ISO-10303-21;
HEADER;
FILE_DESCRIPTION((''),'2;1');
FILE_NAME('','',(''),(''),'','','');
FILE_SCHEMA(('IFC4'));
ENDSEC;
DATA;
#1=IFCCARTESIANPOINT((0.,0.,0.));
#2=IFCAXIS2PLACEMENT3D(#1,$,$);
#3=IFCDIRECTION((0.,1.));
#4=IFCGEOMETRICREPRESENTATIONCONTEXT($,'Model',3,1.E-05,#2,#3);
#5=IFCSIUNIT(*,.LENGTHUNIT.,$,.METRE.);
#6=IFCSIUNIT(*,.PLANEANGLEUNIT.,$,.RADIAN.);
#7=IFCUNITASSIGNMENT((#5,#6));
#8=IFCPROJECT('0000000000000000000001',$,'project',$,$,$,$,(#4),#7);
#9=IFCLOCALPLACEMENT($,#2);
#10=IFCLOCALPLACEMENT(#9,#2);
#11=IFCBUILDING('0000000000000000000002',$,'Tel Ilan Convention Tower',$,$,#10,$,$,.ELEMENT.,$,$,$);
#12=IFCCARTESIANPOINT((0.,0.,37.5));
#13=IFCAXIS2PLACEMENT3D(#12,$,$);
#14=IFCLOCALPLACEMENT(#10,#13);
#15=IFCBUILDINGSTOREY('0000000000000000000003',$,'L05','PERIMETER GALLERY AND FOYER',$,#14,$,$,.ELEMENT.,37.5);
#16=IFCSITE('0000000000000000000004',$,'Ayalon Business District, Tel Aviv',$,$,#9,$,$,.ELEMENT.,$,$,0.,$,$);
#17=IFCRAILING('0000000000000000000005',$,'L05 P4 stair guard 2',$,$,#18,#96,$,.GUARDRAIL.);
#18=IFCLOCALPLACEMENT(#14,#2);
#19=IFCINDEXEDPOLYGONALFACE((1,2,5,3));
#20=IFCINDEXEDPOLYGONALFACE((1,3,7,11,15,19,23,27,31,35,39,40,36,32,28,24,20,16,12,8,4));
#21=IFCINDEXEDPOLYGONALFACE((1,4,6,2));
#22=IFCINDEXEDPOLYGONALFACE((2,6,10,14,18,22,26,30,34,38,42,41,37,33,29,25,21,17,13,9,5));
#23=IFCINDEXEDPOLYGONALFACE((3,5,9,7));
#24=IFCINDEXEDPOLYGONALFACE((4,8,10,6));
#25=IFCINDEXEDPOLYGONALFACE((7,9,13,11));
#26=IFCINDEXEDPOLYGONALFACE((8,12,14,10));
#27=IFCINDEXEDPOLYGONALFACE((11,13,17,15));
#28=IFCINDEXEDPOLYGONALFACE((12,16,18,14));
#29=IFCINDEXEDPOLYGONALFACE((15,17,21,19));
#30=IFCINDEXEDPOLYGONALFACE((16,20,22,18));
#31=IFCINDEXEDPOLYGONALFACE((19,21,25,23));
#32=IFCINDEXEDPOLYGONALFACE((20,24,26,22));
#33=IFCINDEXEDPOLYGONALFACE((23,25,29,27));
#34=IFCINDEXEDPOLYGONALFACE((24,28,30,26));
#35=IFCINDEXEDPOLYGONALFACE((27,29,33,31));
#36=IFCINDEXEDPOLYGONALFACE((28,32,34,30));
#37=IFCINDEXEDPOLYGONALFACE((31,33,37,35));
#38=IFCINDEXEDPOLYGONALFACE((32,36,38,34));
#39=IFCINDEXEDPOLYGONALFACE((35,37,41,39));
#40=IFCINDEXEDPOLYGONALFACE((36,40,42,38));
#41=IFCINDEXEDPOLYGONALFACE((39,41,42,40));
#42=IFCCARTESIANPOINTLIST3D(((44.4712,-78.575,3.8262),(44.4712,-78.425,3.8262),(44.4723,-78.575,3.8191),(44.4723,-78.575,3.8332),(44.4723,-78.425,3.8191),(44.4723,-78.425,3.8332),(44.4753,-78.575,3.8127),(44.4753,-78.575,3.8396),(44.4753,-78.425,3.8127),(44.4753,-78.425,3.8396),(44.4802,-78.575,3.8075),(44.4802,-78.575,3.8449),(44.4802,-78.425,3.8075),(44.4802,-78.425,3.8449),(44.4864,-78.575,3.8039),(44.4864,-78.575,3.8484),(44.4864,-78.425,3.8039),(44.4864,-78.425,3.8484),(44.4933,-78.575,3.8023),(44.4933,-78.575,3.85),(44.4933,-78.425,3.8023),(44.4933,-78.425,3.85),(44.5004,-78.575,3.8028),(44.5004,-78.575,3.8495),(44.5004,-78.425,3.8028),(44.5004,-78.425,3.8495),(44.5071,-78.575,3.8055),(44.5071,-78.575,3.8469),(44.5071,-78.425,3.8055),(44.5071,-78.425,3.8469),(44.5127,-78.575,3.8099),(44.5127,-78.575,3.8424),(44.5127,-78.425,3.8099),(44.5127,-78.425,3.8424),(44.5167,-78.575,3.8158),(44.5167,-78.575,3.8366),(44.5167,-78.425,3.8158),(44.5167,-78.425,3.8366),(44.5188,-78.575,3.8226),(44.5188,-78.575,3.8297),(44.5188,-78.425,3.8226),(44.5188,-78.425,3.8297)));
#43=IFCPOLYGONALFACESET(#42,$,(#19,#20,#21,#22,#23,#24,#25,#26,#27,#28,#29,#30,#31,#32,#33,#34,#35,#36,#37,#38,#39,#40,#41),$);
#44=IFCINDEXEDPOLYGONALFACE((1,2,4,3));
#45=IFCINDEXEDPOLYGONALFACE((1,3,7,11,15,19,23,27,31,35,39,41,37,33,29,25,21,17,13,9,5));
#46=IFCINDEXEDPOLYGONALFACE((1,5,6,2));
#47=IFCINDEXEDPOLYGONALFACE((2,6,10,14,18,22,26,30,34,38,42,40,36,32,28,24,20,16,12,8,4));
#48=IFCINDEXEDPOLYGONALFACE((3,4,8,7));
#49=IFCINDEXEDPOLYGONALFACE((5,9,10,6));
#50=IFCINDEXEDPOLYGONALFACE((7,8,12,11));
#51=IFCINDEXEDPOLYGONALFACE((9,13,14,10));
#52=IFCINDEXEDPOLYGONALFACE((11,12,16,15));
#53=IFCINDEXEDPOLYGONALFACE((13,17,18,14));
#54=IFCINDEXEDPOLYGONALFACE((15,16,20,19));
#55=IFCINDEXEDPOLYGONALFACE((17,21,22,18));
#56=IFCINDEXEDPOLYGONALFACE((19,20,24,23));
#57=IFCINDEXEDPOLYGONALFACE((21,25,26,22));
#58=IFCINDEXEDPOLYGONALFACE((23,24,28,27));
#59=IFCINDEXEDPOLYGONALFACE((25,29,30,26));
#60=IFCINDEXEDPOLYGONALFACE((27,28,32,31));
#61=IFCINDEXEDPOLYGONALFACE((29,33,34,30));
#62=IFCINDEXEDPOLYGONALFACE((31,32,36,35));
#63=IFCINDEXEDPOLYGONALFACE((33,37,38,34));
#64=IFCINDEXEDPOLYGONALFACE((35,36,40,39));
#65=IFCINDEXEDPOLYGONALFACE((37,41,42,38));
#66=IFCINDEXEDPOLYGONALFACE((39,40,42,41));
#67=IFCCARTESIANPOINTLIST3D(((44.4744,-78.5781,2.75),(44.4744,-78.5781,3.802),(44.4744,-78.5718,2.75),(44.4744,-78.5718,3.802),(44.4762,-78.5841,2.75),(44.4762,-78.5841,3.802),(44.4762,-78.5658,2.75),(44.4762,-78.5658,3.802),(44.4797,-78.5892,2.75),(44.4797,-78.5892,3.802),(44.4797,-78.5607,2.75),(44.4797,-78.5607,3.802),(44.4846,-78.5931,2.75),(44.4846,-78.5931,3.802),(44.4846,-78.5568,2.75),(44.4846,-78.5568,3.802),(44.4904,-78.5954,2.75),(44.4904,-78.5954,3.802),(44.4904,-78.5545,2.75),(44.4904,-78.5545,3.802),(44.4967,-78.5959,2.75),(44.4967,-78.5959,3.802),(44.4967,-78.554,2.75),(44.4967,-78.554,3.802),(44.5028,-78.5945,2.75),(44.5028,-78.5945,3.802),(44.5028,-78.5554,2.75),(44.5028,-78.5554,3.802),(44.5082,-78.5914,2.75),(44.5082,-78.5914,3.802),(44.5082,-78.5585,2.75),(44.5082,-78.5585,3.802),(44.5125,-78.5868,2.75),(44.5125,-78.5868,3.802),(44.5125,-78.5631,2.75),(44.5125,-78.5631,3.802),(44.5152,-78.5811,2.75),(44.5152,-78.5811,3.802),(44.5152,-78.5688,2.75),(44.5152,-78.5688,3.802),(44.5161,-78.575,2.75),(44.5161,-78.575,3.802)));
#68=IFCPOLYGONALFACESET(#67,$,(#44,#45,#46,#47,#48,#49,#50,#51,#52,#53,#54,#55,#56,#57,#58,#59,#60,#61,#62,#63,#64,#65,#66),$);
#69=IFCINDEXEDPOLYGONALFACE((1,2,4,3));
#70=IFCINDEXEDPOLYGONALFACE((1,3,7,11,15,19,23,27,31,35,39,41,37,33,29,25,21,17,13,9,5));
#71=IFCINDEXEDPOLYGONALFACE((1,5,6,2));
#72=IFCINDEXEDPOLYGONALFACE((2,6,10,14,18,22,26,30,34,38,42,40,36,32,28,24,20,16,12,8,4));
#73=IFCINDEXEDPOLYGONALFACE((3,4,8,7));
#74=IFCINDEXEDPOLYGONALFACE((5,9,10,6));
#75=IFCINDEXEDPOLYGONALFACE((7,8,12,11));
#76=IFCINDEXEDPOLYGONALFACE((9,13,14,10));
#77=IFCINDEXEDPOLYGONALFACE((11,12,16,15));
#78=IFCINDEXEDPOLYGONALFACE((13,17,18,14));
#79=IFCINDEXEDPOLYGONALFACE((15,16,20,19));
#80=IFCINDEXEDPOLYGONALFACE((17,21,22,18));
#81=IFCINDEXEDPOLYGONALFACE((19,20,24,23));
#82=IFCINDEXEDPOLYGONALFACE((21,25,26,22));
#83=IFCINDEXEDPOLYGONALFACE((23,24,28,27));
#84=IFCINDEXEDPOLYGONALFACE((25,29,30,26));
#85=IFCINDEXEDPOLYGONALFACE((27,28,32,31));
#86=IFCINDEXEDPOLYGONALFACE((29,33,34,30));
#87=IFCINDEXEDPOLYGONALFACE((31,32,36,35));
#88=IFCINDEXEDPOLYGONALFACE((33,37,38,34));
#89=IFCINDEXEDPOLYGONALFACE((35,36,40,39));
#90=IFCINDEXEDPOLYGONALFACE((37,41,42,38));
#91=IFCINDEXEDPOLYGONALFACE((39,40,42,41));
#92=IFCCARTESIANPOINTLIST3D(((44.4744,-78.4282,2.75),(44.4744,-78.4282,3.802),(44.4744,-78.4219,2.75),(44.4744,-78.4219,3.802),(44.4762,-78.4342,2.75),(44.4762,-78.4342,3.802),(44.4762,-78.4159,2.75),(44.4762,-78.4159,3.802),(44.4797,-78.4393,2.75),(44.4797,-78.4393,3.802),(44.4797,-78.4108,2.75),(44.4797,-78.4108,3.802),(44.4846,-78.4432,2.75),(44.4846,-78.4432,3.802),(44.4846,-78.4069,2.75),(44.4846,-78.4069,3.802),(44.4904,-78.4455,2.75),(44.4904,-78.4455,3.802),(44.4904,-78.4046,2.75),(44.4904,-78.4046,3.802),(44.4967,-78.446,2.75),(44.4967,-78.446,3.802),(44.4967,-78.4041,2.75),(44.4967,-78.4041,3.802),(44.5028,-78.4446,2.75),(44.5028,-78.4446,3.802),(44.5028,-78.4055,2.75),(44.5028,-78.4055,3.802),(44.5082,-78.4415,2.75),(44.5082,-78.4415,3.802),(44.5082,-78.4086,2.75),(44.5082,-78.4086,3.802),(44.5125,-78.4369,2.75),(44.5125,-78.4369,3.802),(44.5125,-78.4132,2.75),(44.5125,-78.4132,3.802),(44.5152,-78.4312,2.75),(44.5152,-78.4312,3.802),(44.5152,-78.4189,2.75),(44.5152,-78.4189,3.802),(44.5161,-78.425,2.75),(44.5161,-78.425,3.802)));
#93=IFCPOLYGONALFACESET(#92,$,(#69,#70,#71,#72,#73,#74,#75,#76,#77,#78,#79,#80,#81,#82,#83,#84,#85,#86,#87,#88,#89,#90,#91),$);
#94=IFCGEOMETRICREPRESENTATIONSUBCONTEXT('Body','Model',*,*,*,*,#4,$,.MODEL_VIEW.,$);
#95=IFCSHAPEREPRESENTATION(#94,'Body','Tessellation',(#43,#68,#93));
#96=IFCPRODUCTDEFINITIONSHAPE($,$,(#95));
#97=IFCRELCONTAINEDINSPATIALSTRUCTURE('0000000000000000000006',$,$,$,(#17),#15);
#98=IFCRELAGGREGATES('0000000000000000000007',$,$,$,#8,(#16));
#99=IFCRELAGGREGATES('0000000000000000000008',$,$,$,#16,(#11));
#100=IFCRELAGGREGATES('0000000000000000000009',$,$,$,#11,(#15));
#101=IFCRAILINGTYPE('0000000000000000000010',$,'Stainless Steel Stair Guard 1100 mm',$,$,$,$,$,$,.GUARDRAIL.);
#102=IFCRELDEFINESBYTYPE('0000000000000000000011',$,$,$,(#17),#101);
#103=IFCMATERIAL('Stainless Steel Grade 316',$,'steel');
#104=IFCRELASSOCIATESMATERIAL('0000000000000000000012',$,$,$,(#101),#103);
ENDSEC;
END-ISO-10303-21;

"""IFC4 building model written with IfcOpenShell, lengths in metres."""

from ifc_helpers import new_model, si_unit, direction, frame, origin, origin_2d, place, context, subcontext, project, spatial, circle, extrude, material, type_object, element, save


model = new_model("IFC4")

# Units and contexts
model_context = context("Model", 3, precision=1e-05, world=origin(), true_north=direction((0.0, 1.0)))
body_context = subcontext(model_context, "Body", "Model", "MODEL_VIEW")
ifc_project = project(units=[si_unit("LENGTHUNIT", "METRE"), si_unit("PLANEANGLEUNIT", "RADIAN")], contexts=[model_context])

# Site, building, storey
site_placement = place(None, origin())
site = spatial("IfcSite", under=ifc_project, at=site_placement, Name="Ayalon Business District, Tel Aviv", CompositionType="ELEMENT", RefElevation=0.0)
building_placement = place(site_placement, origin())
building = spatial("IfcBuilding", under=site, at=building_placement, Name="Tel Ilan Convention Tower", CompositionType="ELEMENT")
storey_placement = place(building_placement, frame((0.0, 0.0, 37.5)))
storey = spatial("IfcBuildingStorey", under=building, at=storey_placement, Name="L05", Description="PERIMETER GALLERY AND FOYER", CompositionType="ELEMENT", Elevation=37.5)

# Railing
ifc_material_1 = material(Name="Stainless Steel Grade 316", Category="steel")
railing_type_1 = type_object("IfcRailingType", Name="Stainless Steel Stair Guard 1100 mm", PredefinedType="GUARDRAIL", material=ifc_material_1)
railing_1_placement = place(storey_placement, frame((44.4951, -78.575, 2.75)))
element("IfcRailing", 1, at=railing_1_placement, inside=storey, type_object=railing_type_1, Name="L05 P4 stair guard 2", PredefinedType="GUARDRAIL", context=body_context, shape_type="SweptSolid", body=[
    extrude(circle(Radius=0.0239, at=origin_2d()), frame((0.0, 0.0, 1.0762), z_axis=(0.0, 1.0, 0.0), x_axis=(-1.0, 0.0, 0.0)), (0.0, 0.0, 1.0), 0.1499),
    extrude(circle(Radius=0.021, at=origin_2d()), origin(), (0.0, 0.0, 1.0), 1.052),
    extrude(circle(Radius=0.021, at=origin_2d()), frame((0.0, 0.1499, 0.0)), (0.0, 0.0, 1.0), 1.052),
])

save(model, "model.ifc")
